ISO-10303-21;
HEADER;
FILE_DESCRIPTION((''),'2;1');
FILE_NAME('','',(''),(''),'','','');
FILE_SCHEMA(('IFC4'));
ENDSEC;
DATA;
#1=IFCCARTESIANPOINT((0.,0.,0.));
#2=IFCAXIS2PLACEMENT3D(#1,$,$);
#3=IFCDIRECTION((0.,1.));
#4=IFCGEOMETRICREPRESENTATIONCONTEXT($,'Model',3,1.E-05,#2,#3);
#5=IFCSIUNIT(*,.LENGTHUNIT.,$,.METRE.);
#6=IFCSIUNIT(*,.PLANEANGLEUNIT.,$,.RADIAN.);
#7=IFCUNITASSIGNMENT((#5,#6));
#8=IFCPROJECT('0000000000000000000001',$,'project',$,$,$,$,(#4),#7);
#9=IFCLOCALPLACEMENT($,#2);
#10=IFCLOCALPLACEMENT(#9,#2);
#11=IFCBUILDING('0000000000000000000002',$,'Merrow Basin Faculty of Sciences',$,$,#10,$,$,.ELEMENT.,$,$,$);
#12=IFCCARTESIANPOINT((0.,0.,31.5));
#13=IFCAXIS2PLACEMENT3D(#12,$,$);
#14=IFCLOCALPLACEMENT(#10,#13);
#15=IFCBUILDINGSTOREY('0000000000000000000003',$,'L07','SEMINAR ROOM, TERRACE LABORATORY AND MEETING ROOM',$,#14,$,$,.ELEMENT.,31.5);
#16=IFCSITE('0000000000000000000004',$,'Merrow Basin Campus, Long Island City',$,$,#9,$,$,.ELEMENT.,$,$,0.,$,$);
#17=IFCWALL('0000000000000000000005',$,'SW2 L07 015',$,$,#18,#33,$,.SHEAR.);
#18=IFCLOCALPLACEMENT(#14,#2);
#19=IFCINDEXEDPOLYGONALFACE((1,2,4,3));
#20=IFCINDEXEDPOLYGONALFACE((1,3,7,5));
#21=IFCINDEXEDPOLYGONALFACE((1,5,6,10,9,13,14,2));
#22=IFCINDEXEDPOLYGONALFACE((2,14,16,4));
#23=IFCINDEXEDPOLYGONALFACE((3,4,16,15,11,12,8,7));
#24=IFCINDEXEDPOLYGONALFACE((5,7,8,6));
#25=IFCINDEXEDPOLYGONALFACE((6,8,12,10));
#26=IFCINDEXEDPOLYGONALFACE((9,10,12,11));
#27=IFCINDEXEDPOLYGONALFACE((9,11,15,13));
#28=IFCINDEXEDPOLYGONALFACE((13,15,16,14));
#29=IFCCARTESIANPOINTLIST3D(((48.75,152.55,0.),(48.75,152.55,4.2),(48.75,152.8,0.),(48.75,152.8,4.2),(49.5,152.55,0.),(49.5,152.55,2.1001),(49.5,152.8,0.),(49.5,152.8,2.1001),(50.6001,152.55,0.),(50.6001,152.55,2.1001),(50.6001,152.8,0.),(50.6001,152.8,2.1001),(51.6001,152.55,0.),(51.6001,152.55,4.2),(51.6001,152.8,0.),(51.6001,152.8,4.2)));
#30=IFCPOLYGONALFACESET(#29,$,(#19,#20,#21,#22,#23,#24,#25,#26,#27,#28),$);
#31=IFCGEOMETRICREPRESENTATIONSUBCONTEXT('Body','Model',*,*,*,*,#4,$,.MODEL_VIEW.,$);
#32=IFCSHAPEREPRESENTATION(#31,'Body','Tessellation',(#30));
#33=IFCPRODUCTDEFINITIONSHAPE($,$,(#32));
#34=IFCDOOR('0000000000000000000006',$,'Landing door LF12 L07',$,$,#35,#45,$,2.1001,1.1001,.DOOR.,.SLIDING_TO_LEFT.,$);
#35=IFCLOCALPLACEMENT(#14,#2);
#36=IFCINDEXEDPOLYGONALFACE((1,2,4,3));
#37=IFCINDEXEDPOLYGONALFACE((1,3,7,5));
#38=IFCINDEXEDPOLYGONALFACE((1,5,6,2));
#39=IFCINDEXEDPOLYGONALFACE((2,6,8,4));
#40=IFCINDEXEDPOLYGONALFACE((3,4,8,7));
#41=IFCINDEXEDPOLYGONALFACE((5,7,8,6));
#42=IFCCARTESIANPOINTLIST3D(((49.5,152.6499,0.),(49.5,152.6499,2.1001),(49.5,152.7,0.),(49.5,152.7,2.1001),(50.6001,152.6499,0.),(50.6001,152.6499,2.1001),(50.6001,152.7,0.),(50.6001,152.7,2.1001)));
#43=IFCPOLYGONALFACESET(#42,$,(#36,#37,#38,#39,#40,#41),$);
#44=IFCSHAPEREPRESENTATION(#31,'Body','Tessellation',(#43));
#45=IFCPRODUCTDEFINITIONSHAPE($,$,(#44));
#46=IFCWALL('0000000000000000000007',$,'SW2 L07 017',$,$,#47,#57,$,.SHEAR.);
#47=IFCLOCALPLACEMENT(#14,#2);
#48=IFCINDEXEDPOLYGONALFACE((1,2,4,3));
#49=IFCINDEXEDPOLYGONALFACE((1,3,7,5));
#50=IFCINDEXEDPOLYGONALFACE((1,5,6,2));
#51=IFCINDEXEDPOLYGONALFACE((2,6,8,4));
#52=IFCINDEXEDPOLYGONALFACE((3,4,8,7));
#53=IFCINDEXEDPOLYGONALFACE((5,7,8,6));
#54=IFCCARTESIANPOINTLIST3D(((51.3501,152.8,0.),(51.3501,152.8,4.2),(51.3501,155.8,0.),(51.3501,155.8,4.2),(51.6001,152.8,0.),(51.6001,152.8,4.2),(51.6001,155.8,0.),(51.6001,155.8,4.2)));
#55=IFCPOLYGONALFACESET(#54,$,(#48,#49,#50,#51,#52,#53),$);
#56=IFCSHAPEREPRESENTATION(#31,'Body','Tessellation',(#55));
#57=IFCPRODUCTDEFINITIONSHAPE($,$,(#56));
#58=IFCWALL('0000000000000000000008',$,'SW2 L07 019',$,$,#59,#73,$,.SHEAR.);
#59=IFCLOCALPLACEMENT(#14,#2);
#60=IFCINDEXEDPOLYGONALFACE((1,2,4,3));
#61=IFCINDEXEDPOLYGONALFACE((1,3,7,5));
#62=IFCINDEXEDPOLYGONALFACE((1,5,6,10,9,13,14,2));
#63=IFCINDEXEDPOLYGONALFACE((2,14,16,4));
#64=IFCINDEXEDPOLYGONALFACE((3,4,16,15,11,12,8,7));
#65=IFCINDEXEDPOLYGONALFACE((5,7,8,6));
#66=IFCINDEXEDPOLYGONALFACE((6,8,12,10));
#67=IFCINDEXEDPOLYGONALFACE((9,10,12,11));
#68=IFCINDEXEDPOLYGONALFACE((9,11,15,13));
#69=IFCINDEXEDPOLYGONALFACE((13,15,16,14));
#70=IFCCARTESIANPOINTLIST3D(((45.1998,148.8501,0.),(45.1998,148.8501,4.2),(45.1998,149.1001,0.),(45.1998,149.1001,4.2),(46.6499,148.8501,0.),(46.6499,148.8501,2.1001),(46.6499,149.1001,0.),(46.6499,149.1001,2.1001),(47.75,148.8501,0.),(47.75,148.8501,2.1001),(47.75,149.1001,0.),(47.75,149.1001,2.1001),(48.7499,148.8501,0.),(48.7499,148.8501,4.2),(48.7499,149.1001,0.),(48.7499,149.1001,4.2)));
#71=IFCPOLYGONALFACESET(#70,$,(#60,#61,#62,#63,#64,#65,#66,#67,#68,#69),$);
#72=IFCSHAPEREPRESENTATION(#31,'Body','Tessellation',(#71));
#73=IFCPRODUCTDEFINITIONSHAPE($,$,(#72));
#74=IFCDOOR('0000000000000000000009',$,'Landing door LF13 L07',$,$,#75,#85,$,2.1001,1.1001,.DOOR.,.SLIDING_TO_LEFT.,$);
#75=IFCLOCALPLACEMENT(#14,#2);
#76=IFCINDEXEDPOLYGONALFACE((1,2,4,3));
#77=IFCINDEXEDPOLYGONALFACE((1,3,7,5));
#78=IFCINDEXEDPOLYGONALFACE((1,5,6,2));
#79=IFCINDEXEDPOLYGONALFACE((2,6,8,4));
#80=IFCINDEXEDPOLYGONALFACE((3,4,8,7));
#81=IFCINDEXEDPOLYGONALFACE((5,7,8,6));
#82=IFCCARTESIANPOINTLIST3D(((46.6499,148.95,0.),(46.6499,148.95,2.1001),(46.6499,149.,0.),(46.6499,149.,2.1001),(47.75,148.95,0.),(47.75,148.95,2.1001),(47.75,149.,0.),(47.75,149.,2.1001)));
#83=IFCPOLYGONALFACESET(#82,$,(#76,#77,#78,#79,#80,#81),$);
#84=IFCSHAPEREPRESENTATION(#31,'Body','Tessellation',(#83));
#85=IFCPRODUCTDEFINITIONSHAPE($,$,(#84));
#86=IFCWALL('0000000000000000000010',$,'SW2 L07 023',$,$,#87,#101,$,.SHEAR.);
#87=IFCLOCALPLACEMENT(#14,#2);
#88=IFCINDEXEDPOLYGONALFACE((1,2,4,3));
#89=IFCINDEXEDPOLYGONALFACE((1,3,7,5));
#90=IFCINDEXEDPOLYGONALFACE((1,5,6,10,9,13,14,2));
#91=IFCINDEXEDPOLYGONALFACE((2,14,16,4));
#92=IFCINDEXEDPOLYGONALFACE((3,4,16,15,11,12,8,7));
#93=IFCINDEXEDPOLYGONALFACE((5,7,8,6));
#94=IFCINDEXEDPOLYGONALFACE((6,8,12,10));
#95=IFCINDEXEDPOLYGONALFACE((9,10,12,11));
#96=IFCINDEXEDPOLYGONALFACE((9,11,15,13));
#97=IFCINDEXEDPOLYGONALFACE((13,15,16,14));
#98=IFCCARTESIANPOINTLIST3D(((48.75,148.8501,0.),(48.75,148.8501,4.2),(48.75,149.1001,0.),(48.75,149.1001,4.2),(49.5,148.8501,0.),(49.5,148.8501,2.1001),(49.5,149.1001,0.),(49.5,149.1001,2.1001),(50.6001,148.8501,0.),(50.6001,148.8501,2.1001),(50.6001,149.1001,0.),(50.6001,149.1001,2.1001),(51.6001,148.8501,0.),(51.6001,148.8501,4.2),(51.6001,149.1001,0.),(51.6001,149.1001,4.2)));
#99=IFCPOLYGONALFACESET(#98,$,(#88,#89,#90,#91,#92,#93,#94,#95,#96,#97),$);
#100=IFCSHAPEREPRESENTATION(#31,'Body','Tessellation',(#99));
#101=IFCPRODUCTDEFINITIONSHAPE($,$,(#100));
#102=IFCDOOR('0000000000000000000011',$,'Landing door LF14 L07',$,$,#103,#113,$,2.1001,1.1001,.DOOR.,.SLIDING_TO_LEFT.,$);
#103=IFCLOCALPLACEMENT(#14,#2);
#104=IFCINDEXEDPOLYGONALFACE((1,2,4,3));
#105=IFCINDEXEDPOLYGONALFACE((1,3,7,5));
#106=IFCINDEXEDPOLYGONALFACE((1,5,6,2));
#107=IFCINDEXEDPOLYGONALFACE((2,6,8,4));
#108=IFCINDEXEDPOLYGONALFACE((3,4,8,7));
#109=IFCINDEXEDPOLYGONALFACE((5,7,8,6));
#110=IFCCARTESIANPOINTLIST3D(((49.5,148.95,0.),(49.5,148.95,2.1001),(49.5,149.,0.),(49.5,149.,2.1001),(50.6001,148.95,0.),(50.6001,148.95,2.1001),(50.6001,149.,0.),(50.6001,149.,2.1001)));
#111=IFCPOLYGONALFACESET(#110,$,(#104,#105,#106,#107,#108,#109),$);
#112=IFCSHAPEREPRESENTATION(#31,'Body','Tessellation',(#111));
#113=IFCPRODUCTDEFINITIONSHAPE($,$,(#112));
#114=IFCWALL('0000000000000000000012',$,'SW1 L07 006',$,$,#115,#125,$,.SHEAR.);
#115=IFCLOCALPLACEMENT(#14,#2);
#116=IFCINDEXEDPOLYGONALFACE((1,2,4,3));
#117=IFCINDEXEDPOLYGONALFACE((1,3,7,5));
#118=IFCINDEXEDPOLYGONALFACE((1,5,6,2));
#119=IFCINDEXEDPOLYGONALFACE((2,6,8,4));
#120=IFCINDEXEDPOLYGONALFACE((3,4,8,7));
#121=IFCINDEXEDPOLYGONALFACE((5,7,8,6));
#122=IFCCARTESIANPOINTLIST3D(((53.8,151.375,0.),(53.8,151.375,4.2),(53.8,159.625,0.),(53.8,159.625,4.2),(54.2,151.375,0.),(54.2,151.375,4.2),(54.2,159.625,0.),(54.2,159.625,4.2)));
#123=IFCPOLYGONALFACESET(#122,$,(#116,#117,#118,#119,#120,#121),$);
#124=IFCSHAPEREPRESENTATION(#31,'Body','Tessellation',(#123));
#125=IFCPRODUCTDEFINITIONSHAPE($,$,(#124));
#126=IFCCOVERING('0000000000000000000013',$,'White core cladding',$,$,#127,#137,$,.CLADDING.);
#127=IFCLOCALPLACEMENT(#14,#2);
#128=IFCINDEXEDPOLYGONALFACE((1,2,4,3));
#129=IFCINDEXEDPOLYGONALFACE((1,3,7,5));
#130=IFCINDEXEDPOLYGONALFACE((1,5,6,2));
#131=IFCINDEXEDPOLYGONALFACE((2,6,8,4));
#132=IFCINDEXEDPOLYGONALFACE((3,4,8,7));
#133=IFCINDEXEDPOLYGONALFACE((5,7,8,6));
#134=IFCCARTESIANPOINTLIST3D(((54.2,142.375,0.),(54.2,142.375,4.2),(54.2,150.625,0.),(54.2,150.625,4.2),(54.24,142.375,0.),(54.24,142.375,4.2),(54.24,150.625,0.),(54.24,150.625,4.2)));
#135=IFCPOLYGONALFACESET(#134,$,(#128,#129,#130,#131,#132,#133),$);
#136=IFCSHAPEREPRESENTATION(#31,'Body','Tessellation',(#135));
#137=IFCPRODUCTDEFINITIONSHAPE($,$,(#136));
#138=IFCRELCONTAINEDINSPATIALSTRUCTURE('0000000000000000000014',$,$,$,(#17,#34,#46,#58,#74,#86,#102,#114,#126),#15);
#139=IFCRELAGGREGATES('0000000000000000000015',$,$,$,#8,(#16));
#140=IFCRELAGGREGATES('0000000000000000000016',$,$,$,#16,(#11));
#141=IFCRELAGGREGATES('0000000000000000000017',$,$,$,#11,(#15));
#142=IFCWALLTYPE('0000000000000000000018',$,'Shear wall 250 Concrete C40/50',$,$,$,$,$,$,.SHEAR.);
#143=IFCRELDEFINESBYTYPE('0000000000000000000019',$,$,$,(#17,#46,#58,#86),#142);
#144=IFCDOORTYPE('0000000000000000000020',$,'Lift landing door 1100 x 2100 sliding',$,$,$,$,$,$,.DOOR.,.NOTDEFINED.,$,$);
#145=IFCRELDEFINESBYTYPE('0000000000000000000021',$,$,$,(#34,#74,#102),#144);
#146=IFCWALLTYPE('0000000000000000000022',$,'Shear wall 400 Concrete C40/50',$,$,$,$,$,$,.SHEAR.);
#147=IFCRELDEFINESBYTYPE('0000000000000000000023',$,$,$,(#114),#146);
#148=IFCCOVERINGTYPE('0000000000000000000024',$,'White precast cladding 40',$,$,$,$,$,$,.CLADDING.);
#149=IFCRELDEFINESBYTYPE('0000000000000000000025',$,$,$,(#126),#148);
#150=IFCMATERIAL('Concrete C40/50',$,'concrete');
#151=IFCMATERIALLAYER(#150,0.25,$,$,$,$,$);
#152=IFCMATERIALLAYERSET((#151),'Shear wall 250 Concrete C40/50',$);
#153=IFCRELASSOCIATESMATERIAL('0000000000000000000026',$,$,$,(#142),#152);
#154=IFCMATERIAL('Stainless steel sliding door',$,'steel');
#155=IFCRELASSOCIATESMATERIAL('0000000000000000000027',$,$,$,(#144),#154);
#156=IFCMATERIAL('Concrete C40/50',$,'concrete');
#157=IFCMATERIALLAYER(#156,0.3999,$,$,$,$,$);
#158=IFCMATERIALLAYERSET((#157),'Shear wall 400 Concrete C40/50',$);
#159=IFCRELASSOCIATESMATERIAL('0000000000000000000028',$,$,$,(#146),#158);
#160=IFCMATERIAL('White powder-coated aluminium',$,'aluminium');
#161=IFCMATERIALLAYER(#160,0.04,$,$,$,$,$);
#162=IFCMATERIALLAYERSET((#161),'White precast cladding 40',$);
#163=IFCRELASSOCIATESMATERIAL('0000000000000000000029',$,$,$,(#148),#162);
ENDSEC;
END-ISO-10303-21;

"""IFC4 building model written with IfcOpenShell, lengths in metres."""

from ifc_helpers import new_model, si_unit, direction, frame, frame_2d, origin, origin_2d, place, context, subcontext, project, spatial, rectangle, extrude, material, layer, layer_set, type_object, element, fill, save


model = new_model("IFC4")

# Units and contexts
model_context = context("Model", 3, precision=1e-05, world=origin(), true_north=direction((0.0, 1.0)))
body_context = subcontext(model_context, "Body", "Model", "MODEL_VIEW")
ifc_project = project(units=[si_unit("LENGTHUNIT", "METRE"), si_unit("PLANEANGLEUNIT", "RADIAN")], contexts=[model_context])

# Site, building, storey
site_placement = place(None, origin())
site = spatial("IfcSite", under=ifc_project, at=site_placement, Name="Merrow Basin Campus, Long Island City", CompositionType="ELEMENT", RefElevation=0.0)
building_placement = place(site_placement, origin())
building = spatial("IfcBuilding", under=site, at=building_placement, Name="Merrow Basin Faculty of Sciences", CompositionType="ELEMENT")
storey_placement = place(building_placement, frame((0.0, 0.0, 31.5)))
storey = spatial("IfcBuildingStorey", under=building, at=storey_placement, Name="L07", Description="SEMINAR ROOM, TERRACE LABORATORY AND MEETING ROOM", CompositionType="ELEMENT", Elevation=31.5)

# Shared definitions
ifc_material_1 = material(Name="Concrete C40/50", Category="concrete")
ifc_layer_1 = layer(ifc_material_1, 0.25)
ifc_layer_set_1 = layer_set([ifc_layer_1], Name="Shear wall 250 Concrete C40/50")
wall_type_1 = type_object("IfcWallType", Name="Shear wall 250 Concrete C40/50", PredefinedType="SHEAR", material=ifc_layer_set_1)
ifc_material_2 = material(Name="Stainless steel sliding door", Category="steel")
door_type = type_object("IfcDoorType", Name="Lift landing door 1100 x 2100 sliding", OperationType="NOTDEFINED", PredefinedType="DOOR", material=ifc_material_2)

# Wall, opening, door
wall_1_placement = place(storey_placement, frame((48.75, 152.675, 0.0), z_axis=(0.0, 0.0, 1.0), x_axis=(1.0, 0.0, 0.0)))
wall_1 = element("IfcWall", 1, at=wall_1_placement, inside=storey, type_object=wall_type_1, Name="SW2 L07 015", PredefinedType="SHEAR", context=body_context, shape_type="SweptSolid", body=[
    extrude(rectangle(XDim=2.8501, YDim=0.25, at=frame_2d((1.425, 0.0))), origin(), (0.0, 0.0, 1.0), 4.2),
])
opening_1_placement = place(wall_1_placement, frame((0.75, 0.0, 0.0)))
opening_1 = element("IfcOpeningElement", 2, at=opening_1_placement, cuts=wall_1, PredefinedType="OPENING", context=body_context, shape_type="SweptSolid", body=[
    extrude(rectangle(XDim=1.1001, YDim=2.1001, at=frame_2d((0.55, 1.05))), frame((0.0, 0.135, 0.0), z_axis=(0.0, -1.0, 0.0), x_axis=(1.0, 0.0, 0.0)), (0.0, 0.0, 1.0), 0.27),
])
door_1_placement = place(opening_1_placement, origin())
door_1 = element("IfcDoor", 3, at=door_1_placement, inside=storey, type_object=door_type, Name="Landing door LF12 L07", OperationType="SLIDING_TO_LEFT", OverallHeight=2.1001, OverallWidth=1.1001, PredefinedType="DOOR", context=body_context, shape_type="SweptSolid", body=[
    extrude(rectangle(XDim=1.1001, YDim=2.1001, at=frame_2d((0.55, 1.05))), frame((0.0, 0.0249, 0.0), z_axis=(0.0, -1.0, 0.0), x_axis=(1.0, 0.0, 0.0)), (0.0, 0.0, 1.0), 0.05),
])
fill(opening_1, door_1)

# Wall
wall_2_placement = place(storey_placement, frame((51.4751, 152.8, 0.0), z_axis=(0.0, 0.0, 1.0), x_axis=(0.0, 1.0, 0.0)))
element("IfcWall", 4, at=wall_2_placement, inside=storey, type_object=wall_type_1, Name="SW2 L07 017", PredefinedType="SHEAR", context=body_context, shape_type="SweptSolid", body=[
    extrude(rectangle(XDim=3.0, YDim=0.25, at=frame_2d((1.5, 0.0))), origin(), (0.0, 0.0, 1.0), 4.2),
])

# Walls, openings, doors
wall_3_placement = place(storey_placement, frame((45.2, 148.9751, 0.0), z_axis=(0.0, 0.0, 1.0), x_axis=(1.0, 0.0, 0.0)))
wall_3 = element("IfcWall", 5, at=wall_3_placement, inside=storey, type_object=wall_type_1, Name="SW2 L07 019", PredefinedType="SHEAR", context=body_context, shape_type="SweptSolid", body=[
    extrude(rectangle(XDim=3.55, YDim=0.25, at=frame_2d((1.7749, 0.0))), origin(), (0.0, 0.0, 1.0), 4.2),
])
opening_2_placement = place(wall_3_placement, frame((1.45, 0.0, 0.0)))
opening_2 = element("IfcOpeningElement", 6, at=opening_2_placement, cuts=wall_3, PredefinedType="OPENING", context=body_context, shape_type="SweptSolid", body=[
    extrude(rectangle(XDim=1.1001, YDim=2.1001, at=frame_2d((0.55, 1.05))), frame((0.0, 0.135, 0.0), z_axis=(0.0, -1.0, 0.0), x_axis=(1.0, 0.0, 0.0)), (0.0, 0.0, 1.0), 0.27),
])
door_2_placement = place(opening_2_placement, origin())
door_2 = element("IfcDoor", 7, at=door_2_placement, inside=storey, type_object=door_type, Name="Landing door LF13 L07", OperationType="SLIDING_TO_LEFT", OverallHeight=2.1001, OverallWidth=1.1001, PredefinedType="DOOR", context=body_context, shape_type="SweptSolid", body=[
    extrude(rectangle(XDim=1.1001, YDim=2.1001, at=frame_2d((0.55, 1.05))), frame((0.0, 0.0249, 0.0), z_axis=(0.0, -1.0, 0.0), x_axis=(1.0, 0.0, 0.0)), (0.0, 0.0, 1.0), 0.05),
])
fill(opening_2, door_2)
wall_4_placement = place(storey_placement, frame((48.75, 148.9751, 0.0), z_axis=(0.0, 0.0, 1.0), x_axis=(1.0, 0.0, 0.0)))
wall_4 = element("IfcWall", 8, at=wall_4_placement, inside=storey, type_object=wall_type_1, Name="SW2 L07 023", PredefinedType="SHEAR", context=body_context, shape_type="SweptSolid", body=[
    extrude(rectangle(XDim=2.8501, YDim=0.25, at=frame_2d((1.425, 0.0))), origin(), (0.0, 0.0, 1.0), 4.2),
])
opening_3_placement = place(wall_4_placement, frame((0.75, 0.0, 0.0)))
opening_3 = element("IfcOpeningElement", 9, at=opening_3_placement, cuts=wall_4, PredefinedType="OPENING", context=body_context, shape_type="SweptSolid", body=[
    extrude(rectangle(XDim=1.1001, YDim=2.1001, at=frame_2d((0.55, 1.05))), frame((0.0, 0.135, 0.0), z_axis=(0.0, -1.0, 0.0), x_axis=(1.0, 0.0, 0.0)), (0.0, 0.0, 1.0), 0.27),
])
door_3_placement = place(opening_3_placement, origin())
door_3 = element("IfcDoor", 10, at=door_3_placement, inside=storey, type_object=door_type, Name="Landing door LF14 L07", OperationType="SLIDING_TO_LEFT", OverallHeight=2.1001, OverallWidth=1.1001, PredefinedType="DOOR", context=body_context, shape_type="SweptSolid", body=[
    extrude(rectangle(XDim=1.1001, YDim=2.1001, at=frame_2d((0.55, 1.05))), frame((0.0, 0.0249, 0.0), z_axis=(0.0, -1.0, 0.0), x_axis=(1.0, 0.0, 0.0)), (0.0, 0.0, 1.0), 0.05),
])
fill(opening_3, door_3)

# Wall
ifc_material_3 = material(Name="Concrete C40/50", Category="concrete")
ifc_layer_2 = layer(ifc_material_3, 0.3999)
ifc_layer_set_2 = layer_set([ifc_layer_2], Name="Shear wall 400 Concrete C40/50")
wall_type_2 = type_object("IfcWallType", Name="Shear wall 400 Concrete C40/50", PredefinedType="SHEAR", material=ifc_layer_set_2)
wall_5_placement = place(storey_placement, frame((54.0, 151.375, 0.0), z_axis=(0.0, 0.0, 1.0), x_axis=(0.0, 1.0, 0.0)))
element("IfcWall", 11, at=wall_5_placement, inside=storey, type_object=wall_type_2, Name="SW1 L07 006", PredefinedType="SHEAR", context=body_context, shape_type="SweptSolid", body=[
    extrude(rectangle(XDim=8.25, YDim=0.3999, at=frame_2d((4.125, 0.0))), origin(), (0.0, 0.0, 1.0), 4.2),
])

# Covering
ifc_material_4 = material(Name="White powder-coated aluminium", Category="aluminium")
ifc_layer_3 = layer(ifc_material_4, 0.04)
ifc_layer_set_3 = layer_set([ifc_layer_3], Name="White precast cladding 40")
covering_type = type_object("IfcCoveringType", Name="White precast cladding 40", PredefinedType="CLADDING", material=ifc_layer_set_3)
covering_placement = place(storey_placement, frame((54.22, 146.5, 0.0), z_axis=(0.0, 0.0, 1.0), x_axis=(1.0, 0.0, 0.0)))
element("IfcCovering", 12, at=covering_placement, inside=storey, type_object=covering_type, Name="White core cladding", PredefinedType="CLADDING", context=body_context, shape_type="SweptSolid", body=[
    extrude(rectangle(XDim=0.04, YDim=8.25, at=origin_2d()), origin(), (0.0, 0.0, 1.0), 4.2),
])

save(model, "model.ifc")
